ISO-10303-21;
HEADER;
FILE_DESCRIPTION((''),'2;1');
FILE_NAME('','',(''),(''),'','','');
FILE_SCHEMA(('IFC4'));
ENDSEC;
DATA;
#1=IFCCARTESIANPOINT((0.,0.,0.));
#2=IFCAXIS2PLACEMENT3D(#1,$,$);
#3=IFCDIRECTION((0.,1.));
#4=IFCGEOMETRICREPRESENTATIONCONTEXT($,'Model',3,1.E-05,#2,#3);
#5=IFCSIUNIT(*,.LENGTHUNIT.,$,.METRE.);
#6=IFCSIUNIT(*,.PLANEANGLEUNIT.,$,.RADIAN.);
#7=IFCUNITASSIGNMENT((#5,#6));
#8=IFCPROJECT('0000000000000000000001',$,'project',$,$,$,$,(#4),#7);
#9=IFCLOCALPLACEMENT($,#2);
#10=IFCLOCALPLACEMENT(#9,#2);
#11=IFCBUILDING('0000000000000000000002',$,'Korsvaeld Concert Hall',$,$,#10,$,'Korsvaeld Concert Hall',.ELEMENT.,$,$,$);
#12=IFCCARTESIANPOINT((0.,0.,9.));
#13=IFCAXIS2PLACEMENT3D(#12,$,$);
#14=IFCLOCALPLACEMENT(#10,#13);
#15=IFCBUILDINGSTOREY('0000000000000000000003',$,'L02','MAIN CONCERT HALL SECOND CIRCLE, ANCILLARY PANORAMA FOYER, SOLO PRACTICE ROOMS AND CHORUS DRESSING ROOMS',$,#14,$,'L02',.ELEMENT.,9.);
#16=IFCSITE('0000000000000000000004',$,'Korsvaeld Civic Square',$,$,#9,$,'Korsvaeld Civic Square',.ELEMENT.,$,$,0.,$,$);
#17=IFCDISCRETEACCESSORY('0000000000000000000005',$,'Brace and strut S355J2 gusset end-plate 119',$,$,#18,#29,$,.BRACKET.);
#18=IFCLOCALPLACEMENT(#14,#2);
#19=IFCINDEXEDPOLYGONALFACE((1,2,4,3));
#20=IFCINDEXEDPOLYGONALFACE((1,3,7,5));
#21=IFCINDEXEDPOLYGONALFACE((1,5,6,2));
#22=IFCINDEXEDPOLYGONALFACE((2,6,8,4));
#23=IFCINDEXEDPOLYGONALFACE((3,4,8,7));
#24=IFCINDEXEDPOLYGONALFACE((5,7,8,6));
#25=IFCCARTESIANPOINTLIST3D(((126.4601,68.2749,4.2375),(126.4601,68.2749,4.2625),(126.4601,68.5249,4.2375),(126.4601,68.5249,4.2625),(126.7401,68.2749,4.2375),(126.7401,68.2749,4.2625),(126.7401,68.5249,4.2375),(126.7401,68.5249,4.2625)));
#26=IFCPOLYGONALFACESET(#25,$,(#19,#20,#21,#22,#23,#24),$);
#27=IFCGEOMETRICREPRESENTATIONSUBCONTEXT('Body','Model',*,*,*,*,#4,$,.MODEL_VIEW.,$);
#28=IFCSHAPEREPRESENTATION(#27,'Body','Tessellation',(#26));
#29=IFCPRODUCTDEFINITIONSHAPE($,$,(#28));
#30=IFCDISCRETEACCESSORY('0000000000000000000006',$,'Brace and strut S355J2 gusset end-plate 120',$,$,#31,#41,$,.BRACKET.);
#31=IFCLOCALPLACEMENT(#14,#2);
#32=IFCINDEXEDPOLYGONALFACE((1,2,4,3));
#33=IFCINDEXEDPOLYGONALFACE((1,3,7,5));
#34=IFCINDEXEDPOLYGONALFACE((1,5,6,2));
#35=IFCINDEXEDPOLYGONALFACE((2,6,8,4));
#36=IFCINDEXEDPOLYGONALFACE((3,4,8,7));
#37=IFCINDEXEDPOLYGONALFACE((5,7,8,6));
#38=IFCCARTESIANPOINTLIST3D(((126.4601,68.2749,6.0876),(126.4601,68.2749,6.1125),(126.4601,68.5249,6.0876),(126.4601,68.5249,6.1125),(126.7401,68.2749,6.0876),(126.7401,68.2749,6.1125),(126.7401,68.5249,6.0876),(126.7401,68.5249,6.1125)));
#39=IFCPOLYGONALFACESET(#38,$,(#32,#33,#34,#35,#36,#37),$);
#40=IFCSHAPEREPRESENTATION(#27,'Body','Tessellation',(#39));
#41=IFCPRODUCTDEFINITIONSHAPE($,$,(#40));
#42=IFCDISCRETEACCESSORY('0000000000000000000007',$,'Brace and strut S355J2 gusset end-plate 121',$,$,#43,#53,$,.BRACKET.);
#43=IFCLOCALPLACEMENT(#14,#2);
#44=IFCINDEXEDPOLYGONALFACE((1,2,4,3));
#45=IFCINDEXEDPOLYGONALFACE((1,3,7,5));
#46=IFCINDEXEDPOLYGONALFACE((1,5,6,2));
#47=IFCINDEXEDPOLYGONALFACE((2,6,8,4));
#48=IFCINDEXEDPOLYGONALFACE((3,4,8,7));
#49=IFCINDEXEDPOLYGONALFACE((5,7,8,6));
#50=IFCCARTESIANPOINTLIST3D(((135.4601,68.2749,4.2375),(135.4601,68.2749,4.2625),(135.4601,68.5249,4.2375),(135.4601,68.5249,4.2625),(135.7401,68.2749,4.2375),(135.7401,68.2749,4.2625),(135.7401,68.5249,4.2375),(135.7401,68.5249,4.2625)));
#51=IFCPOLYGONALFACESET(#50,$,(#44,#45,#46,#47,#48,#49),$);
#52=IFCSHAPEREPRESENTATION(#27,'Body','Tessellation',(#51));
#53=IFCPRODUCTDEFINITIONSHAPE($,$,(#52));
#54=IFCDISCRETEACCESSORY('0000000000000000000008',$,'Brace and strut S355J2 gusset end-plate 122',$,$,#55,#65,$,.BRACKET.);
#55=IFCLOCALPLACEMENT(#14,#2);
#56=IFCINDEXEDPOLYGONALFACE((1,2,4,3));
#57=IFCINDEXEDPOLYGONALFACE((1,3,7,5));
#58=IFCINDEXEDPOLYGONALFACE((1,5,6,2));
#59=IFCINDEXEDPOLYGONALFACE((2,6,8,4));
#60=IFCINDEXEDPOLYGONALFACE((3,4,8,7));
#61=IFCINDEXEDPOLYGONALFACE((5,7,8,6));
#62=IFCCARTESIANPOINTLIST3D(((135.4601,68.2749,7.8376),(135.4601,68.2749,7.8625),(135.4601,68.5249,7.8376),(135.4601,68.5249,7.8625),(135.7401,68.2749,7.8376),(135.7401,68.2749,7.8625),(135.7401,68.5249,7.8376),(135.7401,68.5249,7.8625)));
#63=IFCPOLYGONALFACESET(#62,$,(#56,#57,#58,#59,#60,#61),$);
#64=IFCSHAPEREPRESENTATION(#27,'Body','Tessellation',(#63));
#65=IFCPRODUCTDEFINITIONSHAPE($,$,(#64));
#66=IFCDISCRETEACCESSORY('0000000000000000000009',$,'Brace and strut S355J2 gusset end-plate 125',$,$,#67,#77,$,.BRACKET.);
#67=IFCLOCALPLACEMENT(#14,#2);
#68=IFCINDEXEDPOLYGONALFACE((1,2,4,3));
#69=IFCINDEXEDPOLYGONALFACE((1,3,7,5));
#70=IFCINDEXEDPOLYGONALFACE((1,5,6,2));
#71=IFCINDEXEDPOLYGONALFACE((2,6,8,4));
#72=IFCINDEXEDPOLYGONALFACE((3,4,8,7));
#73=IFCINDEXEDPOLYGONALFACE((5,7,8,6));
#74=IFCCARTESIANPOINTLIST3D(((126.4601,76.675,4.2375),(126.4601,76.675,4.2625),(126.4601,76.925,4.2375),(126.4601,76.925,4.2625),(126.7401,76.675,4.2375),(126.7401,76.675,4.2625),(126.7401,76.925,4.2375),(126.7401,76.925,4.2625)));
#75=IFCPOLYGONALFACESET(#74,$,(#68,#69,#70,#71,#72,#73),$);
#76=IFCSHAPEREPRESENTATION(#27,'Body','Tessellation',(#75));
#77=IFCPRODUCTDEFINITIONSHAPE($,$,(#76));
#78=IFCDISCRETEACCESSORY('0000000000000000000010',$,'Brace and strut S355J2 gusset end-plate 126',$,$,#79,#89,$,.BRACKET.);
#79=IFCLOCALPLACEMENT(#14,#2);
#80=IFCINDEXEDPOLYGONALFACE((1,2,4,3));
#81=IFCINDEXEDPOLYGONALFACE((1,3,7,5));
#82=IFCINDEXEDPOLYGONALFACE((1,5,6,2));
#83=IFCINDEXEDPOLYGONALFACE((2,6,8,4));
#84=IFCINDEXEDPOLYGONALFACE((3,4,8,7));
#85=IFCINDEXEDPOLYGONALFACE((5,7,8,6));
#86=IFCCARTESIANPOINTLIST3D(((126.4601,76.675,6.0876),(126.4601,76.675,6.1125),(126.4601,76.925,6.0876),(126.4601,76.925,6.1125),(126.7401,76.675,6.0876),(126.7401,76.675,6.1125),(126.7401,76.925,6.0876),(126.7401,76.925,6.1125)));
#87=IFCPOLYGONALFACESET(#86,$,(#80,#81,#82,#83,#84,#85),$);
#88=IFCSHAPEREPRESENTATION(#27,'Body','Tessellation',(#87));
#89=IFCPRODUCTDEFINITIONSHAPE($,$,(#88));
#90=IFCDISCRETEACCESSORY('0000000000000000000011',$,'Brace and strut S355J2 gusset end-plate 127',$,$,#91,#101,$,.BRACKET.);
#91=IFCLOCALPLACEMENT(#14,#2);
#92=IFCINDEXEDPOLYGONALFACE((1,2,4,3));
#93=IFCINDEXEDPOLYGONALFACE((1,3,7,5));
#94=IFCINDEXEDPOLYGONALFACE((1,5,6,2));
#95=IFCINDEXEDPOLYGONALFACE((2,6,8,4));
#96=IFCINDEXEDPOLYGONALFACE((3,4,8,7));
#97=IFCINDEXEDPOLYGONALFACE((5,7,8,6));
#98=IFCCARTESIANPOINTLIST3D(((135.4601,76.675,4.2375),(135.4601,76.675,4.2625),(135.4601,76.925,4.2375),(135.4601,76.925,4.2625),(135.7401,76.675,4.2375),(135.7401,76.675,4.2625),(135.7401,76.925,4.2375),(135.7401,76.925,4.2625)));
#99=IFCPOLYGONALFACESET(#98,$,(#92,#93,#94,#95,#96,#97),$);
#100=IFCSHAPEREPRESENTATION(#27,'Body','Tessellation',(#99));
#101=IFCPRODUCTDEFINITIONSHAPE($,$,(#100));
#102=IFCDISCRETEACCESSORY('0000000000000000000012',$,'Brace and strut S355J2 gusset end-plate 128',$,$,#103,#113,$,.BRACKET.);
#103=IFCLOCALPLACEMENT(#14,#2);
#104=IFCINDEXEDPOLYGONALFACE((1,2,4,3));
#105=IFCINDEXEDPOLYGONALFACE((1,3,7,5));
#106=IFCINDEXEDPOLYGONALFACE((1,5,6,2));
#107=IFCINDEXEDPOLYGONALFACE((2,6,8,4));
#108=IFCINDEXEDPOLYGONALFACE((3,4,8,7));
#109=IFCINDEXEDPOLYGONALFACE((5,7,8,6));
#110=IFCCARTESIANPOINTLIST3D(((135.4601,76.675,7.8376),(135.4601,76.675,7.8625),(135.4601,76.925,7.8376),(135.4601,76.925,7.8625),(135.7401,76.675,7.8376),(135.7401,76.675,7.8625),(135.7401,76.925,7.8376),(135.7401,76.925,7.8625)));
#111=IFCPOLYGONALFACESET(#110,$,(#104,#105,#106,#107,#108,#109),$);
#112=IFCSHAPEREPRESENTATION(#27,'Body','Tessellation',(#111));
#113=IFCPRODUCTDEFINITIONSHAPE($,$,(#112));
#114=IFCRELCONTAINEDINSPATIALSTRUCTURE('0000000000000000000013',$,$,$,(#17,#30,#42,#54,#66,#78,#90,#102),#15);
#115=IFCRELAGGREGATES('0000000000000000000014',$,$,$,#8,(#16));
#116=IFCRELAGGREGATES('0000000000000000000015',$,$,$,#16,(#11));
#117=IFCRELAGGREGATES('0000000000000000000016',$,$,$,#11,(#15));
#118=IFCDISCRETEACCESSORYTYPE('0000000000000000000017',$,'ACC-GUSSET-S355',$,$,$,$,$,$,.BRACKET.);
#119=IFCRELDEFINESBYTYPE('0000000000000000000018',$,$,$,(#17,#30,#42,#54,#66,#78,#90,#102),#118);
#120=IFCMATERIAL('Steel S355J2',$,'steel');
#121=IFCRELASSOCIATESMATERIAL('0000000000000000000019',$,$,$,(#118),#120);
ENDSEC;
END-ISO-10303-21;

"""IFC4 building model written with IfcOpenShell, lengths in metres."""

from ifc_helpers import new_model, si_unit, direction, frame, origin, origin_2d, place, context, subcontext, project, spatial, rectangle, extrude, material, type_object, element, save


model = new_model("IFC4")

# Units and contexts
model_context = context("Model", 3, precision=1e-05, world=origin(), true_north=direction((0.0, 1.0)))
body_context = subcontext(model_context, "Body", "Model", "MODEL_VIEW")
ifc_project = project(units=[si_unit("LENGTHUNIT", "METRE"), si_unit("PLANEANGLEUNIT", "RADIAN")], contexts=[model_context])

# Site, building, storey
site_placement = place(None, origin())
site = spatial("IfcSite", under=ifc_project, at=site_placement, Name="Korsvaeld Civic Square", LongName="Korsvaeld Civic Square", CompositionType="ELEMENT", RefElevation=0.0)
building_placement = place(site_placement, origin())
building = spatial("IfcBuilding", under=site, at=building_placement, Name="Korsvaeld Concert Hall", LongName="Korsvaeld Concert Hall", CompositionType="ELEMENT")
storey_placement = place(building_placement, frame((0.0, 0.0, 9.0)))
storey = spatial("IfcBuildingStorey", under=building, at=storey_placement, Name="L02", Description="MAIN CONCERT HALL SECOND CIRCLE, ANCILLARY PANORAMA FOYER, SOLO PRACTICE ROOMS AND CHORUS DRESSING ROOMS", LongName="L02", CompositionType="ELEMENT", Elevation=9.0)

# Shared definitions
ifc_material_1 = material(Name="Steel S355J2", Category="steel")

# Discrete accessories
discrete_accessory_type = type_object("IfcDiscreteAccessoryType", Name="ACC-GUSSET-S355", PredefinedType="BRACKET", material=ifc_material_1)
for number, where, z_axis, x_axis, name in (
    (1, (126.6001, 68.3999, 4.2375), (0.0, 0.0, 1.0), (1.0, 0.0, 0.0), "Brace and strut S355J2 gusset end-plate 119"),
    (2, (126.6001, 68.3999, 6.0876), (0.0, 0.0, 1.0), (1.0, 0.0, 0.0), "Brace and strut S355J2 gusset end-plate 120"),
    (3, (135.6001, 68.3999, 4.2375), (0.0, 0.0, 1.0), (1.0, 0.0, 0.0), "Brace and strut S355J2 gusset end-plate 121"),
    (4, (135.6001, 68.3999, 7.8376), (0.0, 0.0, 1.0), (1.0, 0.0, 0.0), "Brace and strut S355J2 gusset end-plate 122"),
    (5, (126.6001, 76.8, 4.2375), (0.0, 0.0, 1.0), (1.0, 0.0, 0.0), "Brace and strut S355J2 gusset end-plate 125"),
    (6, (126.6001, 76.8, 6.0876), (0.0, 0.0, 1.0), (1.0, 0.0, 0.0), "Brace and strut S355J2 gusset end-plate 126"),
    (7, (135.6001, 76.8, 4.2375), (0.0, 0.0, 1.0), (1.0, 0.0, 0.0), "Brace and strut S355J2 gusset end-plate 127"),
    (8, (135.6001, 76.8, 7.8376), (0.0, 0.0, 1.0), (1.0, 0.0, 0.0), "Brace and strut S355J2 gusset end-plate 128"),
):
    element("IfcDiscreteAccessory", number, at=place(storey_placement, frame(where, z_axis=z_axis, x_axis=x_axis)), inside=storey, type_object=discrete_accessory_type, Name=name, PredefinedType="BRACKET", context=body_context, shape_type="SweptSolid", body=[
        extrude(rectangle(XDim=0.28, YDim=0.25, at=origin_2d()), origin(), (0.0, 0.0, 1.0), 0.0249),
    ])

save(model, "model.ifc")
